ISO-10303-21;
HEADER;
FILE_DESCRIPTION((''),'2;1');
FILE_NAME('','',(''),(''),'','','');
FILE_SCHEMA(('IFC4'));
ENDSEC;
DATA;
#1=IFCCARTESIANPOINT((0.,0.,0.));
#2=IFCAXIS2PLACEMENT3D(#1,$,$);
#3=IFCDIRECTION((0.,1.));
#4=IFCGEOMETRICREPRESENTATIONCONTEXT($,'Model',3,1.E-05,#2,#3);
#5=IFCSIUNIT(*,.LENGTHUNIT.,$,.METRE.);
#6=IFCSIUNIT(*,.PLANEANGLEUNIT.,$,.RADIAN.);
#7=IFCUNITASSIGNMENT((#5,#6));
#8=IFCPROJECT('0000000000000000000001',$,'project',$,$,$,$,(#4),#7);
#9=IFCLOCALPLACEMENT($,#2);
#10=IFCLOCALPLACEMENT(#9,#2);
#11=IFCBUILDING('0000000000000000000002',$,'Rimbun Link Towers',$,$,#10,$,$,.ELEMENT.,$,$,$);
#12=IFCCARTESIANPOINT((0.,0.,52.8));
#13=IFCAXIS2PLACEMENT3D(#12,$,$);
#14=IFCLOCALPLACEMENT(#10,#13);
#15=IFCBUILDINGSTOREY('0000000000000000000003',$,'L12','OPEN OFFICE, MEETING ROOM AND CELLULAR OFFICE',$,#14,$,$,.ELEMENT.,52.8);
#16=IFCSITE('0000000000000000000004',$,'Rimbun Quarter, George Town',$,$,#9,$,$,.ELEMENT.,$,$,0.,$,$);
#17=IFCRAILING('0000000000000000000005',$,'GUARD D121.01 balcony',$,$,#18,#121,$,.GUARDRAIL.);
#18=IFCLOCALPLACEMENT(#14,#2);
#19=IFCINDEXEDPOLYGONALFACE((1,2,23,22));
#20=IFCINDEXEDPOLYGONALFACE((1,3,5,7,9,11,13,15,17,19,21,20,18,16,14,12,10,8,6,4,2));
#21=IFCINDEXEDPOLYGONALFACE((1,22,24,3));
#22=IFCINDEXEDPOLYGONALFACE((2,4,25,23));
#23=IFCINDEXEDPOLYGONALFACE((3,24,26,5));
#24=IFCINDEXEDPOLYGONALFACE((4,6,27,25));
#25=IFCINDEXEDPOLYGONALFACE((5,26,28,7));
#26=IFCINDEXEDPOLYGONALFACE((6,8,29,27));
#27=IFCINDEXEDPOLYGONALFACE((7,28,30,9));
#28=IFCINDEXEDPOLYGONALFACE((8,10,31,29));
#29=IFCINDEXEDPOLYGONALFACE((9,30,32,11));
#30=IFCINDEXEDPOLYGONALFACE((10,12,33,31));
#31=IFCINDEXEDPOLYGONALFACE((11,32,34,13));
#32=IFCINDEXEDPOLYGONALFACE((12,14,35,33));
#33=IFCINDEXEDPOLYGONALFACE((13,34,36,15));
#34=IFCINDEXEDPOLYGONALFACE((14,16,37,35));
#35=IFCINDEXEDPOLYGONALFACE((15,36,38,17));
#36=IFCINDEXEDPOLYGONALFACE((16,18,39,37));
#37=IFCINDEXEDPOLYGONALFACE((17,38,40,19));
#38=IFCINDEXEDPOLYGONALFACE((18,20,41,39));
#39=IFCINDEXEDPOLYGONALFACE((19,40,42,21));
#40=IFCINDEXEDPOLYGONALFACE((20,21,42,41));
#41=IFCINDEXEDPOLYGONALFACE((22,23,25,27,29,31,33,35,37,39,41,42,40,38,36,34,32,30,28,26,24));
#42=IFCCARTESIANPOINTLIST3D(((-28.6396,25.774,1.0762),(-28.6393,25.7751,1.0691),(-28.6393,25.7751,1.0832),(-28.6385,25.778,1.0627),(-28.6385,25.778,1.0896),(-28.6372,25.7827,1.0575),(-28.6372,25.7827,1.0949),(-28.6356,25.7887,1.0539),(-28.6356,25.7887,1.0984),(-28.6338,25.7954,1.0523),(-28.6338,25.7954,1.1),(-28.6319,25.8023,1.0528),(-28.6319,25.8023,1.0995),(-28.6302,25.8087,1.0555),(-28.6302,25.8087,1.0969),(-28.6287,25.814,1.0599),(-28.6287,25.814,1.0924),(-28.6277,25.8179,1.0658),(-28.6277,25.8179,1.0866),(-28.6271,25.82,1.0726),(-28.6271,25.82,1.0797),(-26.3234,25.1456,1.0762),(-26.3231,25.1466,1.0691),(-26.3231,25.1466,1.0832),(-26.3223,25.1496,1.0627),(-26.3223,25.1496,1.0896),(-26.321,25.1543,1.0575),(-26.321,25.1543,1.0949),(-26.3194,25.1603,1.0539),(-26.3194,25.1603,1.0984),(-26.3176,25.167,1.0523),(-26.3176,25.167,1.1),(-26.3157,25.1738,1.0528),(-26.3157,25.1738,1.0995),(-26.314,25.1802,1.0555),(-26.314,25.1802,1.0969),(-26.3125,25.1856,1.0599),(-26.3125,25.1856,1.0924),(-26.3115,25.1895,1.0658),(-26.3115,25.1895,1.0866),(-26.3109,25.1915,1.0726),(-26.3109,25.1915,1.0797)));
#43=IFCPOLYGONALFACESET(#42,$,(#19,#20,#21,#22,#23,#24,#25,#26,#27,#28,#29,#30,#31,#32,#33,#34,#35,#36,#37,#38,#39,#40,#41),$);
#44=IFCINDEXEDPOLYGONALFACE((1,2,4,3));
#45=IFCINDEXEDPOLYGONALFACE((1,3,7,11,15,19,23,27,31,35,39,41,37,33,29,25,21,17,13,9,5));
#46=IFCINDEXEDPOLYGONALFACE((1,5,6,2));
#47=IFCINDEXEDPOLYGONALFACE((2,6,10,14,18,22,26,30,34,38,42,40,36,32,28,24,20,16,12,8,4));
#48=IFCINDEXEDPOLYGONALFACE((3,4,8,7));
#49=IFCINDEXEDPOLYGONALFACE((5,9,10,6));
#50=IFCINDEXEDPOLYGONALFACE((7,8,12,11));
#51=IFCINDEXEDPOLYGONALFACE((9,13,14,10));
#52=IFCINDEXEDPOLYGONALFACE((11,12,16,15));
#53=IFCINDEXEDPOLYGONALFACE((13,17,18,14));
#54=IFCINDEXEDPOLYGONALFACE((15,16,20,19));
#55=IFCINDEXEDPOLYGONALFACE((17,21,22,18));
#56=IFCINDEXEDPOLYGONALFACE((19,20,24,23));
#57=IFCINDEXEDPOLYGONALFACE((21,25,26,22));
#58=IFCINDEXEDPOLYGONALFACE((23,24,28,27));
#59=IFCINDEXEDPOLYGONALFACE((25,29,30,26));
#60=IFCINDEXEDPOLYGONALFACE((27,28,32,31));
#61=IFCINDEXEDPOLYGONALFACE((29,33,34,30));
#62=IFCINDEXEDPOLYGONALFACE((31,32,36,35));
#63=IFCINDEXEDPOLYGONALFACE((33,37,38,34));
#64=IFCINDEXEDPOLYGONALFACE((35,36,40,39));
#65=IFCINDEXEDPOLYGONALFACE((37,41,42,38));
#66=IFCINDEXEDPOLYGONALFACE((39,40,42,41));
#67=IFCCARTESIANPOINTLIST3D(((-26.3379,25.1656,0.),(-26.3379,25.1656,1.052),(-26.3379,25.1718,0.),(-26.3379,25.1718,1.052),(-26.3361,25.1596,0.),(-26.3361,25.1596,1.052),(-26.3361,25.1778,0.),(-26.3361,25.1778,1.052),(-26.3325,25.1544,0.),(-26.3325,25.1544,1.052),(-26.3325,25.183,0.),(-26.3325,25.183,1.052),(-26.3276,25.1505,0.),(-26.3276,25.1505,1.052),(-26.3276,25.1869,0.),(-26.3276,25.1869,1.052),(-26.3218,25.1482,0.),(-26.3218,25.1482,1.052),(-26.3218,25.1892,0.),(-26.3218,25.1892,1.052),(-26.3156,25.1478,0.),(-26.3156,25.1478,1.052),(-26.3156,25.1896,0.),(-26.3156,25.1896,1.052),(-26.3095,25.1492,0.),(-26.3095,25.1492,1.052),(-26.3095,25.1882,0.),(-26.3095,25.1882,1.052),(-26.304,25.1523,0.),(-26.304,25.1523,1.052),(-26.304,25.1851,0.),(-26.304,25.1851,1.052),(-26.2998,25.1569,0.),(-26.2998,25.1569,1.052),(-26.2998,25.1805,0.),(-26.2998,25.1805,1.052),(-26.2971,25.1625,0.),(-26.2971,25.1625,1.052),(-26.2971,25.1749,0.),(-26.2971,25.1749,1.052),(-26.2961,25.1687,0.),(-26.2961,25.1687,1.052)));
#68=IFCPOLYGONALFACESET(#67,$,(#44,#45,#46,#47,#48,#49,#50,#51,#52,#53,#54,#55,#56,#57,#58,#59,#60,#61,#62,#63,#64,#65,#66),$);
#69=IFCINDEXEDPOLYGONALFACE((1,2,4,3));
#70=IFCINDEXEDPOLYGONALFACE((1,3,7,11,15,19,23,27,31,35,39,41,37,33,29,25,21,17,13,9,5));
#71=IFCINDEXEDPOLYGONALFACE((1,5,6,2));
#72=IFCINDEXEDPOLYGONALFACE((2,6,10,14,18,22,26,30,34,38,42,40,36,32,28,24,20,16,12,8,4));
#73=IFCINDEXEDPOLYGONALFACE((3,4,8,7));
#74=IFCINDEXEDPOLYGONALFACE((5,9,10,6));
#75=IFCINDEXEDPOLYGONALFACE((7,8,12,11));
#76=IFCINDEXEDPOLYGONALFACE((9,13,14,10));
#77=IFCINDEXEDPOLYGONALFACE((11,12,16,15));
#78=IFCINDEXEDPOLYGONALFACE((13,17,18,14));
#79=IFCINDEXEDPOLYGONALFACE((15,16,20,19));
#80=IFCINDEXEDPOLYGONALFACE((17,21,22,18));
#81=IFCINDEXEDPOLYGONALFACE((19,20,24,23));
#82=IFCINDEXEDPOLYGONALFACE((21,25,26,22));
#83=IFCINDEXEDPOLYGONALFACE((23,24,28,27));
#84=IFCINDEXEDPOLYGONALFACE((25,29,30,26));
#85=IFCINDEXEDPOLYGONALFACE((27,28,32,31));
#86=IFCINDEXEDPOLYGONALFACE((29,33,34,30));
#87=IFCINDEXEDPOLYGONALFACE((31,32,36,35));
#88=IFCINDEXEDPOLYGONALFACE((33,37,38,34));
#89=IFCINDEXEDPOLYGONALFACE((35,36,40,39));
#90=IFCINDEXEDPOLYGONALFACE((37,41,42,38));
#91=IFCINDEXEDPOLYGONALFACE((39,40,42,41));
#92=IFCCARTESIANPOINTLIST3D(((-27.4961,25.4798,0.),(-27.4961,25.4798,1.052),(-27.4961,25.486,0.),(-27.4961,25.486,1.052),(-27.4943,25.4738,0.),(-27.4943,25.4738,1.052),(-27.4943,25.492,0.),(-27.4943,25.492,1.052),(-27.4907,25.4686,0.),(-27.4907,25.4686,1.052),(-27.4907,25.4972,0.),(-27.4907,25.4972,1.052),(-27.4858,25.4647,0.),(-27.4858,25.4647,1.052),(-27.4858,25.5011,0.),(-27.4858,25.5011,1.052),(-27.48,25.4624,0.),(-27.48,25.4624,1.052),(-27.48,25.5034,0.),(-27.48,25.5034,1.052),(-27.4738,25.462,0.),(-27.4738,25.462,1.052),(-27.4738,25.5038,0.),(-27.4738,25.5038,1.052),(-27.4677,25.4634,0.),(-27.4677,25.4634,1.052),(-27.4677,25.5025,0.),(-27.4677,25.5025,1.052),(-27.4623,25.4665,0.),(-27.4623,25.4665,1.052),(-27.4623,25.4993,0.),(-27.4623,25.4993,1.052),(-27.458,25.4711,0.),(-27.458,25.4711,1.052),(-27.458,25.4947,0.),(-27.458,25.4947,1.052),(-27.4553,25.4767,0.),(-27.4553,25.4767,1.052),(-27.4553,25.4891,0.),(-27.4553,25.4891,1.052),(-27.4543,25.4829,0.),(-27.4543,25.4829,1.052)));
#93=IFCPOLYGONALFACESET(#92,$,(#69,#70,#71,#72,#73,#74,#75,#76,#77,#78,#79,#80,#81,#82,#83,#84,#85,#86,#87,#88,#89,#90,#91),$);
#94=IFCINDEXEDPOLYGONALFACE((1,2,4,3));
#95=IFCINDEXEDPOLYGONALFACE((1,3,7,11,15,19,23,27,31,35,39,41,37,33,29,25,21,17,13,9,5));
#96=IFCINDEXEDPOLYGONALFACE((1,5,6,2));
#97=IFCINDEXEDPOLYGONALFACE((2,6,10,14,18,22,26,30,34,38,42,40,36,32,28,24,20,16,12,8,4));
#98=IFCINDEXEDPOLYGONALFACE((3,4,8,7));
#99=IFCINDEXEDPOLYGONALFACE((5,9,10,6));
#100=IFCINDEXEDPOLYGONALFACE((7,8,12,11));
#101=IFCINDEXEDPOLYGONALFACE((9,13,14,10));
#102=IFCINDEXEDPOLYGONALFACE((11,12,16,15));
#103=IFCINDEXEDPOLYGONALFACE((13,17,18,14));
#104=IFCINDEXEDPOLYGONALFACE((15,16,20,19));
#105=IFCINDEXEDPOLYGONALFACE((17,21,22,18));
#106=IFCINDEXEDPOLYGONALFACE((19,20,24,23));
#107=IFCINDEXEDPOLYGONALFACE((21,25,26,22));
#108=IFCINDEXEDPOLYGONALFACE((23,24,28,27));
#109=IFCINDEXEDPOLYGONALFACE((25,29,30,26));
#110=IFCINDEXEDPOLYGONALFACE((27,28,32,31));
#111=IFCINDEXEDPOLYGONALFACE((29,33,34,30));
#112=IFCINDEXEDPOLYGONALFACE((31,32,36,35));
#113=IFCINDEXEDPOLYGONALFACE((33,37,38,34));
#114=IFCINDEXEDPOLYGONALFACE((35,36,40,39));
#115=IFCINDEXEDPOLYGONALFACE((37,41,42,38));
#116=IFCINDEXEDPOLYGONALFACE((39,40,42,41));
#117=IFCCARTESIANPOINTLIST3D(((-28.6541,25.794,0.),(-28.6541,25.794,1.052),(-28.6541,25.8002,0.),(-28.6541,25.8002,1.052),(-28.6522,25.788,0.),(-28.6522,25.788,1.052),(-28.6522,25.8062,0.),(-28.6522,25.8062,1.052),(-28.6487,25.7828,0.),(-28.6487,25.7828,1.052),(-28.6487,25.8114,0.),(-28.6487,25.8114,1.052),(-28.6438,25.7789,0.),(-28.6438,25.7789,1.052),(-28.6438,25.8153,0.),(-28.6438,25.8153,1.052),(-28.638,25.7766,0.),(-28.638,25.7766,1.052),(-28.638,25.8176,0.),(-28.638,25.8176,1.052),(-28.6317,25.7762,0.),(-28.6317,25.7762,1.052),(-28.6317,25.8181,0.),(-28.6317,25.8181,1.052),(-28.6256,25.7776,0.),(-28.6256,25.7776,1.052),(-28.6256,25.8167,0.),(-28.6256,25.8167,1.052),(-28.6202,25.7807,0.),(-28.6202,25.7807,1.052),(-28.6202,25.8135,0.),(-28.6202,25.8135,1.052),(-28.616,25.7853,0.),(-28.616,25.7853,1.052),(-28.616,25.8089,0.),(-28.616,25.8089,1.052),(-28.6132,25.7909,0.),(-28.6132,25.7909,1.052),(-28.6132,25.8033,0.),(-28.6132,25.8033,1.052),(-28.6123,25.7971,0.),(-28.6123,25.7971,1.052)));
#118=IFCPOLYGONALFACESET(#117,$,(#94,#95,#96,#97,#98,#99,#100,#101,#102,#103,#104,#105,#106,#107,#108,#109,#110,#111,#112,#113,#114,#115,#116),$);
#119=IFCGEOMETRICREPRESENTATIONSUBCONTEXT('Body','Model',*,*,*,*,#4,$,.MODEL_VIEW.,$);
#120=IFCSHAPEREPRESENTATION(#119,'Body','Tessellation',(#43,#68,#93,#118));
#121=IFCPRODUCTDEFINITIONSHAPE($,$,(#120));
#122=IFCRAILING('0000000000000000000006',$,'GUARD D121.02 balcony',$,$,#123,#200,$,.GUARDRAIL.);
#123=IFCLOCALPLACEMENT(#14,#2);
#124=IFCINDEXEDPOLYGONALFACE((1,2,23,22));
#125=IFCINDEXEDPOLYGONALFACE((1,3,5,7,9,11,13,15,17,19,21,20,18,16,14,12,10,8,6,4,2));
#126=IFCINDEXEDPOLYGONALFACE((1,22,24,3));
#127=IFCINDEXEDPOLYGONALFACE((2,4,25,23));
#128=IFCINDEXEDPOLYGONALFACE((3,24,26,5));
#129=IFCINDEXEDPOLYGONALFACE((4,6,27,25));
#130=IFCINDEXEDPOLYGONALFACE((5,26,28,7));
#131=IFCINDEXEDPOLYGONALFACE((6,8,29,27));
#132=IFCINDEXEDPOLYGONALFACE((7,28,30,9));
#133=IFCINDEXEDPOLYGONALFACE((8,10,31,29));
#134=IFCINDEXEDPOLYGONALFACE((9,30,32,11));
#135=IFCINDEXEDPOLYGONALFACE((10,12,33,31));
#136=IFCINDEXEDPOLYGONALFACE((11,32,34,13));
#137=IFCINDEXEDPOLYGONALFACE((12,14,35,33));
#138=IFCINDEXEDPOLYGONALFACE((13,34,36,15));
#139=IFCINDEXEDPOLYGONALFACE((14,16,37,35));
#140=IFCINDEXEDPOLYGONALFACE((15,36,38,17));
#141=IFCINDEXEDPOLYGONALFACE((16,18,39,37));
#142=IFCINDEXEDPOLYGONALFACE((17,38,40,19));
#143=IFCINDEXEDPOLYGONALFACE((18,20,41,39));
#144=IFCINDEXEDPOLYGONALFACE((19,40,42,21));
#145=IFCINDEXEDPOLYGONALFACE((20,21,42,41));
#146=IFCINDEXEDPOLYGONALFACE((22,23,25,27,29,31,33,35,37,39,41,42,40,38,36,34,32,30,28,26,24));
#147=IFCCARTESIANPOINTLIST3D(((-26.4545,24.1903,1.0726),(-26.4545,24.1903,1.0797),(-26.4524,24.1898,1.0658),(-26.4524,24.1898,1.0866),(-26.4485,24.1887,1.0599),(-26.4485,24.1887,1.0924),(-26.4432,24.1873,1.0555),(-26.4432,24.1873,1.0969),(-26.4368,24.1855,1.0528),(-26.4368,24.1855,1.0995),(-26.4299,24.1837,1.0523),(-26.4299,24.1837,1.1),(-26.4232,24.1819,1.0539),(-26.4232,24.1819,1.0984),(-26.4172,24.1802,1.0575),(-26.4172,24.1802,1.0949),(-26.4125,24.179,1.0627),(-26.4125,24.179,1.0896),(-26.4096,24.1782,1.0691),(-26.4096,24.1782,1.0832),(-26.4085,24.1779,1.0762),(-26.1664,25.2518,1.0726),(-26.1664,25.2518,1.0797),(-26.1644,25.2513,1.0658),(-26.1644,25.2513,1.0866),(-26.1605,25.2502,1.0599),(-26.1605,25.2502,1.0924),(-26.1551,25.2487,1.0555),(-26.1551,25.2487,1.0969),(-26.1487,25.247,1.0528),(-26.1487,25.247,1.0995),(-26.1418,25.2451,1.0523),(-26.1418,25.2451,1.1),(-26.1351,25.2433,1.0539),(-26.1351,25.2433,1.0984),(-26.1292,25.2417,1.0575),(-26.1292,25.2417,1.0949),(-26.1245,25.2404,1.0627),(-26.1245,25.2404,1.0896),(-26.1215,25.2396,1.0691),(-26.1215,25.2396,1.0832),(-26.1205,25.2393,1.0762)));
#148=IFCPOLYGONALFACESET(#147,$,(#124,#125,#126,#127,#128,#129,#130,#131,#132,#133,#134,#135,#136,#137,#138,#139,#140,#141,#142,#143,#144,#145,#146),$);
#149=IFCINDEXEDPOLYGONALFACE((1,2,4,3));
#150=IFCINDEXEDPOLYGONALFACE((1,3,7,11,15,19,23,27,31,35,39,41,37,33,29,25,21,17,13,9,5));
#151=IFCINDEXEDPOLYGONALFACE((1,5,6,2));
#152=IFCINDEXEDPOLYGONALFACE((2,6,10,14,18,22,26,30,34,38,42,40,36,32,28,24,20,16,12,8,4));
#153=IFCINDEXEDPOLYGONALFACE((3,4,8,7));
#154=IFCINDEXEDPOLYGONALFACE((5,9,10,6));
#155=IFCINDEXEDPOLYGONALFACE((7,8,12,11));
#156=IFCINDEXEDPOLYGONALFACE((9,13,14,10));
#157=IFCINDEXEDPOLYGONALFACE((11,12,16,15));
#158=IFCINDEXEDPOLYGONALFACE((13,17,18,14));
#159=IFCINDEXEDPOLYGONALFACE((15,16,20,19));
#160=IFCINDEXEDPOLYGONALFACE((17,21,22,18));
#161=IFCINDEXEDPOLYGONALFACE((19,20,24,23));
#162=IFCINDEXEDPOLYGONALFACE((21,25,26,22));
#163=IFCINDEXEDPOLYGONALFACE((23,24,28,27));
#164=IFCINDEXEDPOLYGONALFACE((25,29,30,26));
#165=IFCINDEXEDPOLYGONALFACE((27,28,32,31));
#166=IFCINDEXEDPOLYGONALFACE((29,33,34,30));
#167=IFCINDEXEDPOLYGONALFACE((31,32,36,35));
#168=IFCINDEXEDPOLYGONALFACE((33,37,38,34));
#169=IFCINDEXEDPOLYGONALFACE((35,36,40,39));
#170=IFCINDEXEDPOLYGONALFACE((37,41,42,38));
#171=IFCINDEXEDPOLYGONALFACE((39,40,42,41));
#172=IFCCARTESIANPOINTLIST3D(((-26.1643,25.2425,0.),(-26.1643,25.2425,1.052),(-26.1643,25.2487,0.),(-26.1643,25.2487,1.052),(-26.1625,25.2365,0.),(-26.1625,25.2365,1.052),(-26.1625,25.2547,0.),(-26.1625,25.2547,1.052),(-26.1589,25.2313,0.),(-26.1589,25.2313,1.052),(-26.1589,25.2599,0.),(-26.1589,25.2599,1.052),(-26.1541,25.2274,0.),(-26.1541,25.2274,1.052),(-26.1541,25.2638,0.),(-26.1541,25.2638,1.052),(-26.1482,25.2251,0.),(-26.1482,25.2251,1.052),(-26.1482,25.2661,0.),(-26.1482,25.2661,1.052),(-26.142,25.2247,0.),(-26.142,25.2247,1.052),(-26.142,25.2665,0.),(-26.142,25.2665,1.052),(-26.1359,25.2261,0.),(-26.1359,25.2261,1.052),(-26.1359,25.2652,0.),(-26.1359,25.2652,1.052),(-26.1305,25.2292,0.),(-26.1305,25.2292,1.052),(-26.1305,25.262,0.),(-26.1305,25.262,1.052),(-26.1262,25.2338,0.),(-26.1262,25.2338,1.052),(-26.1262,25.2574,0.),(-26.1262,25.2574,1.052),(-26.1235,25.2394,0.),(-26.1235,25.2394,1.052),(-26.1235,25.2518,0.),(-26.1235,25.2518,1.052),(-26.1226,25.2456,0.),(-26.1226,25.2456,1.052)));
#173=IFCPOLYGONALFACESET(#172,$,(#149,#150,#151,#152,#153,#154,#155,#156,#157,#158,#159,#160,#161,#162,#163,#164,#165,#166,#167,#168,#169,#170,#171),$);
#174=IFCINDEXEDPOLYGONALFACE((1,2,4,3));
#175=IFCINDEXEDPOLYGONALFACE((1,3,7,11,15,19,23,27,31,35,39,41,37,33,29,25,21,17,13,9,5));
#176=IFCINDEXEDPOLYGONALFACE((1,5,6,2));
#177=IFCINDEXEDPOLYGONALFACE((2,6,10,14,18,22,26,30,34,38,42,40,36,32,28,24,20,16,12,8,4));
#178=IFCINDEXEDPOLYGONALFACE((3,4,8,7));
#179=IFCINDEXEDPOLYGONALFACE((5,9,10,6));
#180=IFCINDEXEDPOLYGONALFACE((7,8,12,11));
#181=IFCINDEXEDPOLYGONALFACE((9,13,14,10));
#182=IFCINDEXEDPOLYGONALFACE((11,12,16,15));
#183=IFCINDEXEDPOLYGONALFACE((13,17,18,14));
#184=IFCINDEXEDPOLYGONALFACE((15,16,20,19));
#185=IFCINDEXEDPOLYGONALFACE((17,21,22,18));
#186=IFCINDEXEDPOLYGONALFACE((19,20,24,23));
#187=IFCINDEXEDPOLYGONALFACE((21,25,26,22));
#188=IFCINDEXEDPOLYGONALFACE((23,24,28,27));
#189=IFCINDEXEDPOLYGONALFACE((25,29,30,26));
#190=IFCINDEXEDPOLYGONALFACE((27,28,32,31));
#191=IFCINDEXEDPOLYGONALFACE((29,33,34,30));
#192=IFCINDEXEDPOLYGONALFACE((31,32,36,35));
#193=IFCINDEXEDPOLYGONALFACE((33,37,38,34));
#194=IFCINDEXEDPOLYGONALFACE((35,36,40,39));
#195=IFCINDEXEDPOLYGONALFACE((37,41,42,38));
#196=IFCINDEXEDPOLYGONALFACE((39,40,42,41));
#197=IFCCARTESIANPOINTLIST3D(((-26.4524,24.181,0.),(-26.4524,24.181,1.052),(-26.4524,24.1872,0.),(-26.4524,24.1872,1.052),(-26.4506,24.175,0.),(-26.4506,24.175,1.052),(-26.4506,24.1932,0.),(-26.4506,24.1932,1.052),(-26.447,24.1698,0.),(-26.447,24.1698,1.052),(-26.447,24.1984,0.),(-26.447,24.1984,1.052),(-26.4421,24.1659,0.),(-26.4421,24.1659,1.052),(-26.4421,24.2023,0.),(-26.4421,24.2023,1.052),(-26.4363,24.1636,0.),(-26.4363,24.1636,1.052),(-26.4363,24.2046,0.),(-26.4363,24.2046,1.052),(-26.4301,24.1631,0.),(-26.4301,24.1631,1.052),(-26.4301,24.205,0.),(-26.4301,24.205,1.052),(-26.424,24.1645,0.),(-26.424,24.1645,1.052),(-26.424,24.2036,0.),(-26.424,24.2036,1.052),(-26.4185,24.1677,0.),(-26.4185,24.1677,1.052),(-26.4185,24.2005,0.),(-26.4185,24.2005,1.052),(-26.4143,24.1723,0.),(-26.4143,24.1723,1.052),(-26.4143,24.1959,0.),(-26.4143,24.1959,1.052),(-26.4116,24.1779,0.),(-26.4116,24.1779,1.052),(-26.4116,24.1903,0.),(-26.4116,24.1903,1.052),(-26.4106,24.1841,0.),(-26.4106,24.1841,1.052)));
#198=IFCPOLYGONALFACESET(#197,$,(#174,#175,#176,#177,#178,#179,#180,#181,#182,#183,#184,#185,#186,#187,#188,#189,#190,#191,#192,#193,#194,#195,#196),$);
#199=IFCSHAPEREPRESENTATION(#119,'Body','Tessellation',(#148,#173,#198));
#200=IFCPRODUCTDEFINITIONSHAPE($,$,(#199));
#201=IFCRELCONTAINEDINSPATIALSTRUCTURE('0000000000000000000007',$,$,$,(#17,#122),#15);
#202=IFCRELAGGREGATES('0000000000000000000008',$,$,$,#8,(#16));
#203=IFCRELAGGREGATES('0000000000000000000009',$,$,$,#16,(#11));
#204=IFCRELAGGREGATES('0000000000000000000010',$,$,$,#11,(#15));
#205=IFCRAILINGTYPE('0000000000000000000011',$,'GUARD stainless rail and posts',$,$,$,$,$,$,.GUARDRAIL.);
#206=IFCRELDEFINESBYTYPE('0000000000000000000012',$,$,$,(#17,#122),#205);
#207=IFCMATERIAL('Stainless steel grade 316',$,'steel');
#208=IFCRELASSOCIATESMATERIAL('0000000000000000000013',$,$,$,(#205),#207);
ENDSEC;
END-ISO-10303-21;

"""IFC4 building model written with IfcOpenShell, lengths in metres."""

from ifc_helpers import new_model, si_unit, direction, frame, origin, origin_2d, place, context, subcontext, project, spatial, circle, extrude, material, type_object, element, save


model = new_model("IFC4")

# Units and contexts
model_context = context("Model", 3, precision=1e-05, world=origin(), true_north=direction((0.0, 1.0)))
body_context = subcontext(model_context, "Body", "Model", "MODEL_VIEW")
ifc_project = project(units=[si_unit("LENGTHUNIT", "METRE"), si_unit("PLANEANGLEUNIT", "RADIAN")], contexts=[model_context])

# Site, building, storey
site_placement = place(None, origin())
site = spatial("IfcSite", under=ifc_project, at=site_placement, Name="Rimbun Quarter, George Town", CompositionType="ELEMENT", RefElevation=0.0)
building_placement = place(site_placement, origin())
building = spatial("IfcBuilding", under=site, at=building_placement, Name="Rimbun Link Towers", CompositionType="ELEMENT")
storey_placement = place(building_placement, frame((0.0, 0.0, 52.8)))
storey = spatial("IfcBuildingStorey", under=building, at=storey_placement, Name="L12", Description="OPEN OFFICE, MEETING ROOM AND CELLULAR OFFICE", CompositionType="ELEMENT", Elevation=52.8)

# Railings
ifc_material_1 = material(Name="Stainless steel grade 316", Category="steel")
railing_type = type_object("IfcRailingType", Name="GUARD stainless rail and posts", PredefinedType="GUARDRAIL", material=ifc_material_1)
railing_1_placement = place(storey_placement, frame((-26.3171, 25.1687, 0.0)))
element("IfcRailing", 1, at=railing_1_placement, inside=storey, type_object=railing_type, Name="GUARD D121.01 balcony", PredefinedType="GUARDRAIL", context=body_context, shape_type="SweptSolid", body=[
    extrude(circle(Radius=0.0239, at=origin_2d()), frame((0.0, 0.0, 1.0762), z_axis=(-0.965108, 0.261852, 0.0), x_axis=(-0.261852, -0.965108, 0.0)), (0.0, 0.0, 1.0), 2.3999),
    extrude(circle(Radius=0.021, at=origin_2d()), origin(), (0.0, 0.0, 1.0), 1.052),
    extrude(circle(Radius=0.021, at=origin_2d()), frame((-1.1582, 0.3142, 0.0)), (0.0, 0.0, 1.0), 1.052),
    extrude(circle(Radius=0.021, at=origin_2d()), frame((-2.3162, 0.6284, 0.0)), (0.0, 0.0, 1.0), 1.052),
])
railing_2_placement = place(storey_placement, frame((-26.1436, 25.2456, 0.0)))
element("IfcRailing", 2, at=railing_2_placement, inside=storey, type_object=railing_type, Name="GUARD D121.02 balcony", PredefinedType="GUARDRAIL", context=body_context, shape_type="SweptSolid", body=[
    extrude(circle(Radius=0.0239, at=origin_2d()), frame((0.0, 0.0, 1.0762), z_axis=(-0.261915, -0.965091, 0.0), x_axis=(0.965091, -0.261915, 0.0)), (0.0, 0.0, 1.0), 1.0999),
    extrude(circle(Radius=0.021, at=origin_2d()), origin(), (0.0, 0.0, 1.0), 1.052),
    extrude(circle(Radius=0.021, at=origin_2d()), frame((-0.2881, -1.0615, 0.0)), (0.0, 0.0, 1.0), 1.052),
])

save(model, "model.ifc")
